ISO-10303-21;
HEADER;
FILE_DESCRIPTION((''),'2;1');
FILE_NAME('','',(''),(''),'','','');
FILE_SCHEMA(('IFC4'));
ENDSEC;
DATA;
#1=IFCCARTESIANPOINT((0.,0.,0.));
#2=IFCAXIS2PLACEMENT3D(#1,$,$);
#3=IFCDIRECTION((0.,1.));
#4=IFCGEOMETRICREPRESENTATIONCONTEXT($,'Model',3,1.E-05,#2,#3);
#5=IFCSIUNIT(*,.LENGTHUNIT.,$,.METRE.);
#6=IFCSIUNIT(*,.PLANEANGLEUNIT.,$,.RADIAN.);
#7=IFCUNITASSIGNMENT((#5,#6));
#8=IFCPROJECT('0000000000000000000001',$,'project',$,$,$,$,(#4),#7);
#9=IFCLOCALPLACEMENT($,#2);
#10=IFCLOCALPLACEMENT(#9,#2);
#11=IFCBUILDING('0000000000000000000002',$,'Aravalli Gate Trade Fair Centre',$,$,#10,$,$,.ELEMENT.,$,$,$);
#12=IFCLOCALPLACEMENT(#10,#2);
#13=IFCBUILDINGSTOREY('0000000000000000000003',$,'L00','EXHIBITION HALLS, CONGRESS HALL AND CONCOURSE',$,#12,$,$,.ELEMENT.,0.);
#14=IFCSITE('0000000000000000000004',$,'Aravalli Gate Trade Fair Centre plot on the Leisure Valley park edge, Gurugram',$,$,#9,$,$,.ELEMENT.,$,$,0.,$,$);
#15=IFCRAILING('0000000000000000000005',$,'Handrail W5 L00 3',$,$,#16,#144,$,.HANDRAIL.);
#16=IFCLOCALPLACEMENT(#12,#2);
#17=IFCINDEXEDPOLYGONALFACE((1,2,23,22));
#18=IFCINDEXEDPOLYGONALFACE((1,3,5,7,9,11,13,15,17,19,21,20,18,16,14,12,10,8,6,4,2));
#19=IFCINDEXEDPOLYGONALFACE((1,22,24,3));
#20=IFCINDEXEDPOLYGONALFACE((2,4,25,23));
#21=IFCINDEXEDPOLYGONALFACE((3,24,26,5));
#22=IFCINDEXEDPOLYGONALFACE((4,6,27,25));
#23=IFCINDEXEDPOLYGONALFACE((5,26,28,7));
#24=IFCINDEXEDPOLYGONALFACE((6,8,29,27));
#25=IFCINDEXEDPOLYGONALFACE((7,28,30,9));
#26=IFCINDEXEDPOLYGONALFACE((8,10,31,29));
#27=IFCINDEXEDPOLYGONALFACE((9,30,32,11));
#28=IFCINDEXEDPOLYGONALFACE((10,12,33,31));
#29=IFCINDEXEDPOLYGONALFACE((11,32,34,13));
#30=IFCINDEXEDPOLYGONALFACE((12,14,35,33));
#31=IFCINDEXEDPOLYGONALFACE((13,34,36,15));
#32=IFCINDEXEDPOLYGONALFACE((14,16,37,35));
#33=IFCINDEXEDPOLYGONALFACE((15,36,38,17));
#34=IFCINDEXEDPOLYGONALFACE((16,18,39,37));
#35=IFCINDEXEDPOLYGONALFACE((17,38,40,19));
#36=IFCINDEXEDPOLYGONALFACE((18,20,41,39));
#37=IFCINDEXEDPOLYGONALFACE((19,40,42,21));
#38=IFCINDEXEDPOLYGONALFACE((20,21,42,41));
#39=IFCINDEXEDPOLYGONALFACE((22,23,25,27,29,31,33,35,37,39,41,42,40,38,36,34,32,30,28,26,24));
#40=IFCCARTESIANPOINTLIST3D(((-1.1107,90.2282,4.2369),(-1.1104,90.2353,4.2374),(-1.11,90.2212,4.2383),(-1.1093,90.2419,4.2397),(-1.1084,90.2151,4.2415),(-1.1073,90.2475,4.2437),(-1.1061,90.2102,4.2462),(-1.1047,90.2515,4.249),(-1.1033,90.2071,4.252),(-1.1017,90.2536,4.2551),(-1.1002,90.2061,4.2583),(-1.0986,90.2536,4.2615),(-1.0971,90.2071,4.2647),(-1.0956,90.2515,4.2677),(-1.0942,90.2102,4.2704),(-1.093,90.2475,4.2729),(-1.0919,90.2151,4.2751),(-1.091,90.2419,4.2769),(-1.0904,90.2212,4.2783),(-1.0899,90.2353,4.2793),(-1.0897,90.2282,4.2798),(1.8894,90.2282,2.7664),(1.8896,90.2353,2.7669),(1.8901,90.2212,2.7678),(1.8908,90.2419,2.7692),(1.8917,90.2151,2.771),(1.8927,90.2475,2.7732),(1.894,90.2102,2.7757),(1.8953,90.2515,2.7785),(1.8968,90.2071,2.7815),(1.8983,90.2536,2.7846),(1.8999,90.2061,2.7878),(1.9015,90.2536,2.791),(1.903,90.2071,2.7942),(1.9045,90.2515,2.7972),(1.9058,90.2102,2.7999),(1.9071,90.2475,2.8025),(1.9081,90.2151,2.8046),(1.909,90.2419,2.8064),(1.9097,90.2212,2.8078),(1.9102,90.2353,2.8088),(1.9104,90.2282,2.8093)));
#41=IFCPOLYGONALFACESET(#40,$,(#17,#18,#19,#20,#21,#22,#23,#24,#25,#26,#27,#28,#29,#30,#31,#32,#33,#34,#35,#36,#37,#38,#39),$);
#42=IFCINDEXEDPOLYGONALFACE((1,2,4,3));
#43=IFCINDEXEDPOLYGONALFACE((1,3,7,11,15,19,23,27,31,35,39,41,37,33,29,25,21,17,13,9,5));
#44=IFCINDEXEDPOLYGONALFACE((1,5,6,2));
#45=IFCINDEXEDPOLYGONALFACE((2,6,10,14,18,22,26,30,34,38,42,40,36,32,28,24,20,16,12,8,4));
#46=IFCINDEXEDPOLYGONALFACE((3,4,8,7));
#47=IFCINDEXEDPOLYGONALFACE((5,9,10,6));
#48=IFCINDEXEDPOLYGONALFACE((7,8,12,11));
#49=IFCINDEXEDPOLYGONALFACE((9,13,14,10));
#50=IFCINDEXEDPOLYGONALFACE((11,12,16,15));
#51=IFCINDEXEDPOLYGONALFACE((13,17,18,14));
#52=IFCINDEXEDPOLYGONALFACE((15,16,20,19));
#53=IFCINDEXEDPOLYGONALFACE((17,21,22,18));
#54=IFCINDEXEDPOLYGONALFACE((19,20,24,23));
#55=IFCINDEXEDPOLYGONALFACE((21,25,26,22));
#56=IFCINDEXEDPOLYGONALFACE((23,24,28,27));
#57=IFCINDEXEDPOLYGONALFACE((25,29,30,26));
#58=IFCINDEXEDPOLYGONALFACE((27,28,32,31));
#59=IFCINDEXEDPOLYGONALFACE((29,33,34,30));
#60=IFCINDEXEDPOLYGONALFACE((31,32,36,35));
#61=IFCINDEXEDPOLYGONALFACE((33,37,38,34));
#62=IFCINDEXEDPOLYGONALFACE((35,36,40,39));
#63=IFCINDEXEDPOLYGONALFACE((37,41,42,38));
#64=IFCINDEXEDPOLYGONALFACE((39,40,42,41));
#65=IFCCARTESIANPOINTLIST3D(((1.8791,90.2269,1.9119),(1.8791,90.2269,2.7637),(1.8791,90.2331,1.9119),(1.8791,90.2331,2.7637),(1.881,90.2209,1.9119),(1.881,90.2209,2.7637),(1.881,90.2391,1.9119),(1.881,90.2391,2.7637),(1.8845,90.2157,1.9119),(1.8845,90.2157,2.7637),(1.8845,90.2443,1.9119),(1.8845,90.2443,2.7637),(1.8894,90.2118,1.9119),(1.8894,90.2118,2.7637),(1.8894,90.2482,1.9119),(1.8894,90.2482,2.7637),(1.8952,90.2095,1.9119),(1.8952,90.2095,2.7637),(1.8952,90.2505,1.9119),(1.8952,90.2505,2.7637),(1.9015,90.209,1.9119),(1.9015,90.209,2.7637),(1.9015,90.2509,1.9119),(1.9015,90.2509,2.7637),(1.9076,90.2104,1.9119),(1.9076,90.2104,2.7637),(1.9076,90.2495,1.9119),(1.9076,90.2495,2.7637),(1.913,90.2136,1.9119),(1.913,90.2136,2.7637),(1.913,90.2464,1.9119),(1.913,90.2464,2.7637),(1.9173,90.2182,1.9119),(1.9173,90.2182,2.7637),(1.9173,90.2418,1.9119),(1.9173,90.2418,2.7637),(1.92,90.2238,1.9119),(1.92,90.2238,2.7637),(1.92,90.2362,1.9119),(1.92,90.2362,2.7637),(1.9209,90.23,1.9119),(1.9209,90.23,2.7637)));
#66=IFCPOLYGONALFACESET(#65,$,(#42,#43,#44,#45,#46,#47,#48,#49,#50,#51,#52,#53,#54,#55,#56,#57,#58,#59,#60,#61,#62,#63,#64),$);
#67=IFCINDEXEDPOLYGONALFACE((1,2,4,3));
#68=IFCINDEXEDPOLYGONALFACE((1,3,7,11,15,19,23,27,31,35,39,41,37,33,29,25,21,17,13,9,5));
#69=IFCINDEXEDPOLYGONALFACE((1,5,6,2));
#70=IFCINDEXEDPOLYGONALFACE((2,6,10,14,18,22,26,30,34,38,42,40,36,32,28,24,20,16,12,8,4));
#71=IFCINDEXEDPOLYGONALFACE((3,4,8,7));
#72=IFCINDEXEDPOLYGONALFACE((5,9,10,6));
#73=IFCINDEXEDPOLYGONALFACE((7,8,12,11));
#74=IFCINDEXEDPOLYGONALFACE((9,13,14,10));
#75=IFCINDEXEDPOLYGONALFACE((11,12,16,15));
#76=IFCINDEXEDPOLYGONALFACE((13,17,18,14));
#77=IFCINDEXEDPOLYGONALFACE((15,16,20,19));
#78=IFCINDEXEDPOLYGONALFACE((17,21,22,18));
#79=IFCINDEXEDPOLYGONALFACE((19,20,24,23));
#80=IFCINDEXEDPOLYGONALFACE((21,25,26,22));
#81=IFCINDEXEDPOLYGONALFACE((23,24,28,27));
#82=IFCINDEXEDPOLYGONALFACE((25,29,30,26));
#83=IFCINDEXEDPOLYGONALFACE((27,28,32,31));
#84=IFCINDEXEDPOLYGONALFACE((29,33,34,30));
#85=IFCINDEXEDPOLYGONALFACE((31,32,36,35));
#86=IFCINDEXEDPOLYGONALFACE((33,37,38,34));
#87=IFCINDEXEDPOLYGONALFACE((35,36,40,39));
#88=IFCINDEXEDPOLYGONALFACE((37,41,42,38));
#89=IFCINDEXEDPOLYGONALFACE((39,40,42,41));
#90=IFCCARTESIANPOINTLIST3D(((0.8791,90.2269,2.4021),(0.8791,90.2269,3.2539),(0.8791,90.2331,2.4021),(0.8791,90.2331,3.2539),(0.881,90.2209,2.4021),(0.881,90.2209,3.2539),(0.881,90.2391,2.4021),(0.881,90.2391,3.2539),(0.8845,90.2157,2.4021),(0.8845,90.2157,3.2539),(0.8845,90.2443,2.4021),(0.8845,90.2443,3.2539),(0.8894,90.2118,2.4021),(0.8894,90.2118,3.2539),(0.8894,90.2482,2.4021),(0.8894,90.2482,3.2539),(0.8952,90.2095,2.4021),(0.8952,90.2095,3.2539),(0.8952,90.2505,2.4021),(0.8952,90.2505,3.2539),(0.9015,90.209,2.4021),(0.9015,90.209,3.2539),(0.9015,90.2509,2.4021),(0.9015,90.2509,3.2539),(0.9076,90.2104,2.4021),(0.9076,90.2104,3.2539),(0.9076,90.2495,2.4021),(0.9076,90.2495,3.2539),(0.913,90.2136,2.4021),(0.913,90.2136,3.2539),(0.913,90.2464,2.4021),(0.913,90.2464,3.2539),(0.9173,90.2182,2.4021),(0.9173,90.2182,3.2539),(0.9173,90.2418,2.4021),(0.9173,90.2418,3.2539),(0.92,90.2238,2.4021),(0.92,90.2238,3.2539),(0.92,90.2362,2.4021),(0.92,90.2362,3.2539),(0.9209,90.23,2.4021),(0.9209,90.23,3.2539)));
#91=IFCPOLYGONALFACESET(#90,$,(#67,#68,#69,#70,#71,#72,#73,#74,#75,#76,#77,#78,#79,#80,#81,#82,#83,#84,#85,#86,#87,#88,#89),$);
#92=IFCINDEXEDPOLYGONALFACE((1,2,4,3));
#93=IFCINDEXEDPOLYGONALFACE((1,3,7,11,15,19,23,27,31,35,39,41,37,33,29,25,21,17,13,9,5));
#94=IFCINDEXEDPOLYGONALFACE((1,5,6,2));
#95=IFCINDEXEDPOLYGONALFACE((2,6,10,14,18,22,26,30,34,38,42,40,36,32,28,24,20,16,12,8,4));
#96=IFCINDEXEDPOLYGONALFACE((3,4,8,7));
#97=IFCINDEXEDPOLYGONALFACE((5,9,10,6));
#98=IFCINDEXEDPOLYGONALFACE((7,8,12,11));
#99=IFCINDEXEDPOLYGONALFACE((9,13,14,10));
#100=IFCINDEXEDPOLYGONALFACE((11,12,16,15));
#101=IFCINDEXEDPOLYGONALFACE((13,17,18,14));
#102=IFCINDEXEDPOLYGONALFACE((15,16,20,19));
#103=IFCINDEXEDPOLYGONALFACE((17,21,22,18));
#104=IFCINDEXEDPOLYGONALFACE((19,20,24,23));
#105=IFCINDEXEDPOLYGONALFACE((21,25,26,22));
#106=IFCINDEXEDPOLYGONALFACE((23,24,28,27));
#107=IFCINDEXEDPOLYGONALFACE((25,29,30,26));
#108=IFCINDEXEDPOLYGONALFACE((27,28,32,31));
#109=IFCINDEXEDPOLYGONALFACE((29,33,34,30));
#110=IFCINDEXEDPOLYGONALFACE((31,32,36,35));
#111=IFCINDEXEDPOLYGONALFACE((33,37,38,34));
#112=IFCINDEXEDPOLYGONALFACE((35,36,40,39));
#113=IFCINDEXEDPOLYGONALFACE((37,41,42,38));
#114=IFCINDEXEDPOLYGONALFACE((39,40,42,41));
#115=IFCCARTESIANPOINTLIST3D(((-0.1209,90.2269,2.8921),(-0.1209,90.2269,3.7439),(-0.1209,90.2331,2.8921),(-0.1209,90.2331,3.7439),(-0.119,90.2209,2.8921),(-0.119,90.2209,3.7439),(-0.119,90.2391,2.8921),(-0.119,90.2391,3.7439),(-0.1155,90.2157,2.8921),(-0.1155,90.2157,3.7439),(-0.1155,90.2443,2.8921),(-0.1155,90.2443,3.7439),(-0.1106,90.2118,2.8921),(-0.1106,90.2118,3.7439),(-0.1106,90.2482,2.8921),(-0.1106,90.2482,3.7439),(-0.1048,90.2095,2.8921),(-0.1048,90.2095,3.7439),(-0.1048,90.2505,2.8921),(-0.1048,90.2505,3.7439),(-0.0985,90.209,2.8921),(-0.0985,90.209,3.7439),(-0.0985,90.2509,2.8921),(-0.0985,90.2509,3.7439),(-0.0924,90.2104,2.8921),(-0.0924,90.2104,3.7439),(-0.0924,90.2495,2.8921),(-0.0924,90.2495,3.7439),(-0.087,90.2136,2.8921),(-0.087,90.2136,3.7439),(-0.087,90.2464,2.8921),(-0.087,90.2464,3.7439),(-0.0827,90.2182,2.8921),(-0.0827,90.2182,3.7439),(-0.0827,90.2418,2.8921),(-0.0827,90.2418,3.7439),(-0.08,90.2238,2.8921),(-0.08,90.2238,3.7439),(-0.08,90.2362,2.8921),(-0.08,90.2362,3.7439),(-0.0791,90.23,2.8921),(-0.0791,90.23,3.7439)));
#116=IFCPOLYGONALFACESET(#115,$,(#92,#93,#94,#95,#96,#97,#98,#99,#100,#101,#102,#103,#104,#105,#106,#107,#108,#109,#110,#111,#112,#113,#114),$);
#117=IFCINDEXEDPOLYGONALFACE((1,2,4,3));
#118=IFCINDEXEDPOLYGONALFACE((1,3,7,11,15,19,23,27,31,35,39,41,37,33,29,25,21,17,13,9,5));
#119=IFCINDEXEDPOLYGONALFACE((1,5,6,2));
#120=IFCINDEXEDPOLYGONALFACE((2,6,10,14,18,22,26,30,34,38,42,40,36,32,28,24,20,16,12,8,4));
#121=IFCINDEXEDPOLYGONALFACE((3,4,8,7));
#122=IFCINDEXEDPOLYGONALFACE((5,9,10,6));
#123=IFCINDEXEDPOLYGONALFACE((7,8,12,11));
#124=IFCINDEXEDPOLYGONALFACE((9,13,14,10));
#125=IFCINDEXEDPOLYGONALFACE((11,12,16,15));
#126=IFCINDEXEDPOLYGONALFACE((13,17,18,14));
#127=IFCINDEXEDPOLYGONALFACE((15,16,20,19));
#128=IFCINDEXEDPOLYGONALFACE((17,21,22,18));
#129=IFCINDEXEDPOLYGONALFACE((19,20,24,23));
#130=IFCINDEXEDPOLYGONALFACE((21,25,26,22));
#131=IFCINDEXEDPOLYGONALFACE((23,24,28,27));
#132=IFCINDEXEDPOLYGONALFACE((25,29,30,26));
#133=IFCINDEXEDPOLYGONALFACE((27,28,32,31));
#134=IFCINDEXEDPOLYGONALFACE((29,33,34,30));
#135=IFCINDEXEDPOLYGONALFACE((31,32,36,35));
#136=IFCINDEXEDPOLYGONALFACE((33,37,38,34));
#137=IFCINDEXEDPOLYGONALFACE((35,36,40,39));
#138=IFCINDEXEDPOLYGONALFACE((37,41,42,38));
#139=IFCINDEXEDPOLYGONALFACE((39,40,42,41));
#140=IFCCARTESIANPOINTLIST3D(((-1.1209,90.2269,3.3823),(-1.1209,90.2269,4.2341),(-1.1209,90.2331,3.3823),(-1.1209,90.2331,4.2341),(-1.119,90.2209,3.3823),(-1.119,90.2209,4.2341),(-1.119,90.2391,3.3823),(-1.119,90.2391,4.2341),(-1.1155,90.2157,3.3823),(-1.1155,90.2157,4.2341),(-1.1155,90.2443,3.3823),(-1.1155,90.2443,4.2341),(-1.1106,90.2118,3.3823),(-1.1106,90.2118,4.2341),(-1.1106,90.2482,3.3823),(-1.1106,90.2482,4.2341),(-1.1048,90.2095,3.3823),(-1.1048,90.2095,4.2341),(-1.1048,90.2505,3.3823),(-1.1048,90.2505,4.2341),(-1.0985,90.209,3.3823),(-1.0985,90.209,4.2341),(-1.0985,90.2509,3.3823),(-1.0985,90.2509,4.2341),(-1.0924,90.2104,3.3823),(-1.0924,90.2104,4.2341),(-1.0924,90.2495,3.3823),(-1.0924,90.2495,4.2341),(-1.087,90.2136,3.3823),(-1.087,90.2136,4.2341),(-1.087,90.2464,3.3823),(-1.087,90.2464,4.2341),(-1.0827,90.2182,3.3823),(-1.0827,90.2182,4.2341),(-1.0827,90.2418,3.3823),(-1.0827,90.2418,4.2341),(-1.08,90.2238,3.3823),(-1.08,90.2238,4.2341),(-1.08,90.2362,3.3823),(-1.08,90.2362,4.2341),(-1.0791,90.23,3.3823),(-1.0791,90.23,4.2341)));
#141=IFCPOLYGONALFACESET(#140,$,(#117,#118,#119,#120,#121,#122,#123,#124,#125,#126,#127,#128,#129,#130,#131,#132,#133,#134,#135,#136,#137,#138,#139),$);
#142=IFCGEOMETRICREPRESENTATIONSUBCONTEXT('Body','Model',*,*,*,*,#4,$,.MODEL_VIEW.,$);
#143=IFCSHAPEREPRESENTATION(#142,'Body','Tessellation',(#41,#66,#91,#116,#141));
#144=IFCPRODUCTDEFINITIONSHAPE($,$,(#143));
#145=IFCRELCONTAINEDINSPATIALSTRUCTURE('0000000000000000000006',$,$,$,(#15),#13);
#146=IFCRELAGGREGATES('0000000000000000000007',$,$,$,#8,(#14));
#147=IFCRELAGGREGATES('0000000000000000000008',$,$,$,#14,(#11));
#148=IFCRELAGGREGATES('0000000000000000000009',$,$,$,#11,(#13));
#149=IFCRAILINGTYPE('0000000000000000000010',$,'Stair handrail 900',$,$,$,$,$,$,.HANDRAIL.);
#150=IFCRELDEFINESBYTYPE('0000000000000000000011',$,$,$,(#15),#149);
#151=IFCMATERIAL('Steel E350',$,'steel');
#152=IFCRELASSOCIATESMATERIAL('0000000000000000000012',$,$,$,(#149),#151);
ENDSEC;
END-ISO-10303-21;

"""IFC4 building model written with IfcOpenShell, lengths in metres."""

from ifc_helpers import new_model, si_unit, direction, frame, origin, origin_2d, place, context, subcontext, project, spatial, circle, extrude, material, type_object, element, save


model = new_model("IFC4")

# Units and contexts
model_context = context("Model", 3, precision=1e-05, world=origin(), true_north=direction((0.0, 1.0)))
body_context = subcontext(model_context, "Body", "Model", "MODEL_VIEW")
ifc_project = project(units=[si_unit("LENGTHUNIT", "METRE"), si_unit("PLANEANGLEUNIT", "RADIAN")], contexts=[model_context])

# Site, building, storey
site_placement = place(None, origin())
site = spatial("IfcSite", under=ifc_project, at=site_placement, Name="Aravalli Gate Trade Fair Centre plot on the Leisure Valley park edge, Gurugram", CompositionType="ELEMENT", RefElevation=0.0)
building_placement = place(site_placement, origin())
building = spatial("IfcBuilding", under=site, at=building_placement, Name="Aravalli Gate Trade Fair Centre", CompositionType="ELEMENT")
storey_placement = place(building_placement, origin())
storey = spatial("IfcBuildingStorey", under=building, at=storey_placement, Name="L00", Description="EXHIBITION HALLS, CONGRESS HALL AND CONCOURSE", CompositionType="ELEMENT", Elevation=0.0)

# Railing
ifc_material_1 = material(Name="Steel E350", Category="steel")
railing_type = type_object("IfcRailingType", Name="Stair handrail 900", PredefinedType="HANDRAIL", material=ifc_material_1)
for number, where, name in (
    (1, (1.8999, 90.23, 1.9119), "Handrail W5 L00 3"),
):
    element("IfcRailing", number, at=place(storey_placement, frame(where)), inside=storey, type_object=railing_type, Name=name, PredefinedType="HANDRAIL", context=body_context, shape_type="SweptSolid", body=[
        extrude(circle(Radius=0.0239, at=origin_2d()), frame((0.0, 0.0, 0.876), z_axis=(-0.897936, 0.0, 0.440126), x_axis=(0.0, -1.0, 0.0)), (0.0, 0.0, 1.0), 3.3411),
        extrude(circle(Radius=0.021, at=origin_2d()), origin(), (0.0, 0.0, 1.0), 0.8518),
        extrude(circle(Radius=0.021, at=origin_2d()), frame((-1.0, 0.0, 0.4902)), (0.0, 0.0, 1.0), 0.8518),
        extrude(circle(Radius=0.021, at=origin_2d()), frame((-2.0, 0.0, 0.9802)), (0.0, 0.0, 1.0), 0.8518),
        extrude(circle(Radius=0.021, at=origin_2d()), frame((-3.0, 0.0, 1.4705)), (0.0, 0.0, 1.0), 0.8518),
    ])

save(model, "model.ifc")
